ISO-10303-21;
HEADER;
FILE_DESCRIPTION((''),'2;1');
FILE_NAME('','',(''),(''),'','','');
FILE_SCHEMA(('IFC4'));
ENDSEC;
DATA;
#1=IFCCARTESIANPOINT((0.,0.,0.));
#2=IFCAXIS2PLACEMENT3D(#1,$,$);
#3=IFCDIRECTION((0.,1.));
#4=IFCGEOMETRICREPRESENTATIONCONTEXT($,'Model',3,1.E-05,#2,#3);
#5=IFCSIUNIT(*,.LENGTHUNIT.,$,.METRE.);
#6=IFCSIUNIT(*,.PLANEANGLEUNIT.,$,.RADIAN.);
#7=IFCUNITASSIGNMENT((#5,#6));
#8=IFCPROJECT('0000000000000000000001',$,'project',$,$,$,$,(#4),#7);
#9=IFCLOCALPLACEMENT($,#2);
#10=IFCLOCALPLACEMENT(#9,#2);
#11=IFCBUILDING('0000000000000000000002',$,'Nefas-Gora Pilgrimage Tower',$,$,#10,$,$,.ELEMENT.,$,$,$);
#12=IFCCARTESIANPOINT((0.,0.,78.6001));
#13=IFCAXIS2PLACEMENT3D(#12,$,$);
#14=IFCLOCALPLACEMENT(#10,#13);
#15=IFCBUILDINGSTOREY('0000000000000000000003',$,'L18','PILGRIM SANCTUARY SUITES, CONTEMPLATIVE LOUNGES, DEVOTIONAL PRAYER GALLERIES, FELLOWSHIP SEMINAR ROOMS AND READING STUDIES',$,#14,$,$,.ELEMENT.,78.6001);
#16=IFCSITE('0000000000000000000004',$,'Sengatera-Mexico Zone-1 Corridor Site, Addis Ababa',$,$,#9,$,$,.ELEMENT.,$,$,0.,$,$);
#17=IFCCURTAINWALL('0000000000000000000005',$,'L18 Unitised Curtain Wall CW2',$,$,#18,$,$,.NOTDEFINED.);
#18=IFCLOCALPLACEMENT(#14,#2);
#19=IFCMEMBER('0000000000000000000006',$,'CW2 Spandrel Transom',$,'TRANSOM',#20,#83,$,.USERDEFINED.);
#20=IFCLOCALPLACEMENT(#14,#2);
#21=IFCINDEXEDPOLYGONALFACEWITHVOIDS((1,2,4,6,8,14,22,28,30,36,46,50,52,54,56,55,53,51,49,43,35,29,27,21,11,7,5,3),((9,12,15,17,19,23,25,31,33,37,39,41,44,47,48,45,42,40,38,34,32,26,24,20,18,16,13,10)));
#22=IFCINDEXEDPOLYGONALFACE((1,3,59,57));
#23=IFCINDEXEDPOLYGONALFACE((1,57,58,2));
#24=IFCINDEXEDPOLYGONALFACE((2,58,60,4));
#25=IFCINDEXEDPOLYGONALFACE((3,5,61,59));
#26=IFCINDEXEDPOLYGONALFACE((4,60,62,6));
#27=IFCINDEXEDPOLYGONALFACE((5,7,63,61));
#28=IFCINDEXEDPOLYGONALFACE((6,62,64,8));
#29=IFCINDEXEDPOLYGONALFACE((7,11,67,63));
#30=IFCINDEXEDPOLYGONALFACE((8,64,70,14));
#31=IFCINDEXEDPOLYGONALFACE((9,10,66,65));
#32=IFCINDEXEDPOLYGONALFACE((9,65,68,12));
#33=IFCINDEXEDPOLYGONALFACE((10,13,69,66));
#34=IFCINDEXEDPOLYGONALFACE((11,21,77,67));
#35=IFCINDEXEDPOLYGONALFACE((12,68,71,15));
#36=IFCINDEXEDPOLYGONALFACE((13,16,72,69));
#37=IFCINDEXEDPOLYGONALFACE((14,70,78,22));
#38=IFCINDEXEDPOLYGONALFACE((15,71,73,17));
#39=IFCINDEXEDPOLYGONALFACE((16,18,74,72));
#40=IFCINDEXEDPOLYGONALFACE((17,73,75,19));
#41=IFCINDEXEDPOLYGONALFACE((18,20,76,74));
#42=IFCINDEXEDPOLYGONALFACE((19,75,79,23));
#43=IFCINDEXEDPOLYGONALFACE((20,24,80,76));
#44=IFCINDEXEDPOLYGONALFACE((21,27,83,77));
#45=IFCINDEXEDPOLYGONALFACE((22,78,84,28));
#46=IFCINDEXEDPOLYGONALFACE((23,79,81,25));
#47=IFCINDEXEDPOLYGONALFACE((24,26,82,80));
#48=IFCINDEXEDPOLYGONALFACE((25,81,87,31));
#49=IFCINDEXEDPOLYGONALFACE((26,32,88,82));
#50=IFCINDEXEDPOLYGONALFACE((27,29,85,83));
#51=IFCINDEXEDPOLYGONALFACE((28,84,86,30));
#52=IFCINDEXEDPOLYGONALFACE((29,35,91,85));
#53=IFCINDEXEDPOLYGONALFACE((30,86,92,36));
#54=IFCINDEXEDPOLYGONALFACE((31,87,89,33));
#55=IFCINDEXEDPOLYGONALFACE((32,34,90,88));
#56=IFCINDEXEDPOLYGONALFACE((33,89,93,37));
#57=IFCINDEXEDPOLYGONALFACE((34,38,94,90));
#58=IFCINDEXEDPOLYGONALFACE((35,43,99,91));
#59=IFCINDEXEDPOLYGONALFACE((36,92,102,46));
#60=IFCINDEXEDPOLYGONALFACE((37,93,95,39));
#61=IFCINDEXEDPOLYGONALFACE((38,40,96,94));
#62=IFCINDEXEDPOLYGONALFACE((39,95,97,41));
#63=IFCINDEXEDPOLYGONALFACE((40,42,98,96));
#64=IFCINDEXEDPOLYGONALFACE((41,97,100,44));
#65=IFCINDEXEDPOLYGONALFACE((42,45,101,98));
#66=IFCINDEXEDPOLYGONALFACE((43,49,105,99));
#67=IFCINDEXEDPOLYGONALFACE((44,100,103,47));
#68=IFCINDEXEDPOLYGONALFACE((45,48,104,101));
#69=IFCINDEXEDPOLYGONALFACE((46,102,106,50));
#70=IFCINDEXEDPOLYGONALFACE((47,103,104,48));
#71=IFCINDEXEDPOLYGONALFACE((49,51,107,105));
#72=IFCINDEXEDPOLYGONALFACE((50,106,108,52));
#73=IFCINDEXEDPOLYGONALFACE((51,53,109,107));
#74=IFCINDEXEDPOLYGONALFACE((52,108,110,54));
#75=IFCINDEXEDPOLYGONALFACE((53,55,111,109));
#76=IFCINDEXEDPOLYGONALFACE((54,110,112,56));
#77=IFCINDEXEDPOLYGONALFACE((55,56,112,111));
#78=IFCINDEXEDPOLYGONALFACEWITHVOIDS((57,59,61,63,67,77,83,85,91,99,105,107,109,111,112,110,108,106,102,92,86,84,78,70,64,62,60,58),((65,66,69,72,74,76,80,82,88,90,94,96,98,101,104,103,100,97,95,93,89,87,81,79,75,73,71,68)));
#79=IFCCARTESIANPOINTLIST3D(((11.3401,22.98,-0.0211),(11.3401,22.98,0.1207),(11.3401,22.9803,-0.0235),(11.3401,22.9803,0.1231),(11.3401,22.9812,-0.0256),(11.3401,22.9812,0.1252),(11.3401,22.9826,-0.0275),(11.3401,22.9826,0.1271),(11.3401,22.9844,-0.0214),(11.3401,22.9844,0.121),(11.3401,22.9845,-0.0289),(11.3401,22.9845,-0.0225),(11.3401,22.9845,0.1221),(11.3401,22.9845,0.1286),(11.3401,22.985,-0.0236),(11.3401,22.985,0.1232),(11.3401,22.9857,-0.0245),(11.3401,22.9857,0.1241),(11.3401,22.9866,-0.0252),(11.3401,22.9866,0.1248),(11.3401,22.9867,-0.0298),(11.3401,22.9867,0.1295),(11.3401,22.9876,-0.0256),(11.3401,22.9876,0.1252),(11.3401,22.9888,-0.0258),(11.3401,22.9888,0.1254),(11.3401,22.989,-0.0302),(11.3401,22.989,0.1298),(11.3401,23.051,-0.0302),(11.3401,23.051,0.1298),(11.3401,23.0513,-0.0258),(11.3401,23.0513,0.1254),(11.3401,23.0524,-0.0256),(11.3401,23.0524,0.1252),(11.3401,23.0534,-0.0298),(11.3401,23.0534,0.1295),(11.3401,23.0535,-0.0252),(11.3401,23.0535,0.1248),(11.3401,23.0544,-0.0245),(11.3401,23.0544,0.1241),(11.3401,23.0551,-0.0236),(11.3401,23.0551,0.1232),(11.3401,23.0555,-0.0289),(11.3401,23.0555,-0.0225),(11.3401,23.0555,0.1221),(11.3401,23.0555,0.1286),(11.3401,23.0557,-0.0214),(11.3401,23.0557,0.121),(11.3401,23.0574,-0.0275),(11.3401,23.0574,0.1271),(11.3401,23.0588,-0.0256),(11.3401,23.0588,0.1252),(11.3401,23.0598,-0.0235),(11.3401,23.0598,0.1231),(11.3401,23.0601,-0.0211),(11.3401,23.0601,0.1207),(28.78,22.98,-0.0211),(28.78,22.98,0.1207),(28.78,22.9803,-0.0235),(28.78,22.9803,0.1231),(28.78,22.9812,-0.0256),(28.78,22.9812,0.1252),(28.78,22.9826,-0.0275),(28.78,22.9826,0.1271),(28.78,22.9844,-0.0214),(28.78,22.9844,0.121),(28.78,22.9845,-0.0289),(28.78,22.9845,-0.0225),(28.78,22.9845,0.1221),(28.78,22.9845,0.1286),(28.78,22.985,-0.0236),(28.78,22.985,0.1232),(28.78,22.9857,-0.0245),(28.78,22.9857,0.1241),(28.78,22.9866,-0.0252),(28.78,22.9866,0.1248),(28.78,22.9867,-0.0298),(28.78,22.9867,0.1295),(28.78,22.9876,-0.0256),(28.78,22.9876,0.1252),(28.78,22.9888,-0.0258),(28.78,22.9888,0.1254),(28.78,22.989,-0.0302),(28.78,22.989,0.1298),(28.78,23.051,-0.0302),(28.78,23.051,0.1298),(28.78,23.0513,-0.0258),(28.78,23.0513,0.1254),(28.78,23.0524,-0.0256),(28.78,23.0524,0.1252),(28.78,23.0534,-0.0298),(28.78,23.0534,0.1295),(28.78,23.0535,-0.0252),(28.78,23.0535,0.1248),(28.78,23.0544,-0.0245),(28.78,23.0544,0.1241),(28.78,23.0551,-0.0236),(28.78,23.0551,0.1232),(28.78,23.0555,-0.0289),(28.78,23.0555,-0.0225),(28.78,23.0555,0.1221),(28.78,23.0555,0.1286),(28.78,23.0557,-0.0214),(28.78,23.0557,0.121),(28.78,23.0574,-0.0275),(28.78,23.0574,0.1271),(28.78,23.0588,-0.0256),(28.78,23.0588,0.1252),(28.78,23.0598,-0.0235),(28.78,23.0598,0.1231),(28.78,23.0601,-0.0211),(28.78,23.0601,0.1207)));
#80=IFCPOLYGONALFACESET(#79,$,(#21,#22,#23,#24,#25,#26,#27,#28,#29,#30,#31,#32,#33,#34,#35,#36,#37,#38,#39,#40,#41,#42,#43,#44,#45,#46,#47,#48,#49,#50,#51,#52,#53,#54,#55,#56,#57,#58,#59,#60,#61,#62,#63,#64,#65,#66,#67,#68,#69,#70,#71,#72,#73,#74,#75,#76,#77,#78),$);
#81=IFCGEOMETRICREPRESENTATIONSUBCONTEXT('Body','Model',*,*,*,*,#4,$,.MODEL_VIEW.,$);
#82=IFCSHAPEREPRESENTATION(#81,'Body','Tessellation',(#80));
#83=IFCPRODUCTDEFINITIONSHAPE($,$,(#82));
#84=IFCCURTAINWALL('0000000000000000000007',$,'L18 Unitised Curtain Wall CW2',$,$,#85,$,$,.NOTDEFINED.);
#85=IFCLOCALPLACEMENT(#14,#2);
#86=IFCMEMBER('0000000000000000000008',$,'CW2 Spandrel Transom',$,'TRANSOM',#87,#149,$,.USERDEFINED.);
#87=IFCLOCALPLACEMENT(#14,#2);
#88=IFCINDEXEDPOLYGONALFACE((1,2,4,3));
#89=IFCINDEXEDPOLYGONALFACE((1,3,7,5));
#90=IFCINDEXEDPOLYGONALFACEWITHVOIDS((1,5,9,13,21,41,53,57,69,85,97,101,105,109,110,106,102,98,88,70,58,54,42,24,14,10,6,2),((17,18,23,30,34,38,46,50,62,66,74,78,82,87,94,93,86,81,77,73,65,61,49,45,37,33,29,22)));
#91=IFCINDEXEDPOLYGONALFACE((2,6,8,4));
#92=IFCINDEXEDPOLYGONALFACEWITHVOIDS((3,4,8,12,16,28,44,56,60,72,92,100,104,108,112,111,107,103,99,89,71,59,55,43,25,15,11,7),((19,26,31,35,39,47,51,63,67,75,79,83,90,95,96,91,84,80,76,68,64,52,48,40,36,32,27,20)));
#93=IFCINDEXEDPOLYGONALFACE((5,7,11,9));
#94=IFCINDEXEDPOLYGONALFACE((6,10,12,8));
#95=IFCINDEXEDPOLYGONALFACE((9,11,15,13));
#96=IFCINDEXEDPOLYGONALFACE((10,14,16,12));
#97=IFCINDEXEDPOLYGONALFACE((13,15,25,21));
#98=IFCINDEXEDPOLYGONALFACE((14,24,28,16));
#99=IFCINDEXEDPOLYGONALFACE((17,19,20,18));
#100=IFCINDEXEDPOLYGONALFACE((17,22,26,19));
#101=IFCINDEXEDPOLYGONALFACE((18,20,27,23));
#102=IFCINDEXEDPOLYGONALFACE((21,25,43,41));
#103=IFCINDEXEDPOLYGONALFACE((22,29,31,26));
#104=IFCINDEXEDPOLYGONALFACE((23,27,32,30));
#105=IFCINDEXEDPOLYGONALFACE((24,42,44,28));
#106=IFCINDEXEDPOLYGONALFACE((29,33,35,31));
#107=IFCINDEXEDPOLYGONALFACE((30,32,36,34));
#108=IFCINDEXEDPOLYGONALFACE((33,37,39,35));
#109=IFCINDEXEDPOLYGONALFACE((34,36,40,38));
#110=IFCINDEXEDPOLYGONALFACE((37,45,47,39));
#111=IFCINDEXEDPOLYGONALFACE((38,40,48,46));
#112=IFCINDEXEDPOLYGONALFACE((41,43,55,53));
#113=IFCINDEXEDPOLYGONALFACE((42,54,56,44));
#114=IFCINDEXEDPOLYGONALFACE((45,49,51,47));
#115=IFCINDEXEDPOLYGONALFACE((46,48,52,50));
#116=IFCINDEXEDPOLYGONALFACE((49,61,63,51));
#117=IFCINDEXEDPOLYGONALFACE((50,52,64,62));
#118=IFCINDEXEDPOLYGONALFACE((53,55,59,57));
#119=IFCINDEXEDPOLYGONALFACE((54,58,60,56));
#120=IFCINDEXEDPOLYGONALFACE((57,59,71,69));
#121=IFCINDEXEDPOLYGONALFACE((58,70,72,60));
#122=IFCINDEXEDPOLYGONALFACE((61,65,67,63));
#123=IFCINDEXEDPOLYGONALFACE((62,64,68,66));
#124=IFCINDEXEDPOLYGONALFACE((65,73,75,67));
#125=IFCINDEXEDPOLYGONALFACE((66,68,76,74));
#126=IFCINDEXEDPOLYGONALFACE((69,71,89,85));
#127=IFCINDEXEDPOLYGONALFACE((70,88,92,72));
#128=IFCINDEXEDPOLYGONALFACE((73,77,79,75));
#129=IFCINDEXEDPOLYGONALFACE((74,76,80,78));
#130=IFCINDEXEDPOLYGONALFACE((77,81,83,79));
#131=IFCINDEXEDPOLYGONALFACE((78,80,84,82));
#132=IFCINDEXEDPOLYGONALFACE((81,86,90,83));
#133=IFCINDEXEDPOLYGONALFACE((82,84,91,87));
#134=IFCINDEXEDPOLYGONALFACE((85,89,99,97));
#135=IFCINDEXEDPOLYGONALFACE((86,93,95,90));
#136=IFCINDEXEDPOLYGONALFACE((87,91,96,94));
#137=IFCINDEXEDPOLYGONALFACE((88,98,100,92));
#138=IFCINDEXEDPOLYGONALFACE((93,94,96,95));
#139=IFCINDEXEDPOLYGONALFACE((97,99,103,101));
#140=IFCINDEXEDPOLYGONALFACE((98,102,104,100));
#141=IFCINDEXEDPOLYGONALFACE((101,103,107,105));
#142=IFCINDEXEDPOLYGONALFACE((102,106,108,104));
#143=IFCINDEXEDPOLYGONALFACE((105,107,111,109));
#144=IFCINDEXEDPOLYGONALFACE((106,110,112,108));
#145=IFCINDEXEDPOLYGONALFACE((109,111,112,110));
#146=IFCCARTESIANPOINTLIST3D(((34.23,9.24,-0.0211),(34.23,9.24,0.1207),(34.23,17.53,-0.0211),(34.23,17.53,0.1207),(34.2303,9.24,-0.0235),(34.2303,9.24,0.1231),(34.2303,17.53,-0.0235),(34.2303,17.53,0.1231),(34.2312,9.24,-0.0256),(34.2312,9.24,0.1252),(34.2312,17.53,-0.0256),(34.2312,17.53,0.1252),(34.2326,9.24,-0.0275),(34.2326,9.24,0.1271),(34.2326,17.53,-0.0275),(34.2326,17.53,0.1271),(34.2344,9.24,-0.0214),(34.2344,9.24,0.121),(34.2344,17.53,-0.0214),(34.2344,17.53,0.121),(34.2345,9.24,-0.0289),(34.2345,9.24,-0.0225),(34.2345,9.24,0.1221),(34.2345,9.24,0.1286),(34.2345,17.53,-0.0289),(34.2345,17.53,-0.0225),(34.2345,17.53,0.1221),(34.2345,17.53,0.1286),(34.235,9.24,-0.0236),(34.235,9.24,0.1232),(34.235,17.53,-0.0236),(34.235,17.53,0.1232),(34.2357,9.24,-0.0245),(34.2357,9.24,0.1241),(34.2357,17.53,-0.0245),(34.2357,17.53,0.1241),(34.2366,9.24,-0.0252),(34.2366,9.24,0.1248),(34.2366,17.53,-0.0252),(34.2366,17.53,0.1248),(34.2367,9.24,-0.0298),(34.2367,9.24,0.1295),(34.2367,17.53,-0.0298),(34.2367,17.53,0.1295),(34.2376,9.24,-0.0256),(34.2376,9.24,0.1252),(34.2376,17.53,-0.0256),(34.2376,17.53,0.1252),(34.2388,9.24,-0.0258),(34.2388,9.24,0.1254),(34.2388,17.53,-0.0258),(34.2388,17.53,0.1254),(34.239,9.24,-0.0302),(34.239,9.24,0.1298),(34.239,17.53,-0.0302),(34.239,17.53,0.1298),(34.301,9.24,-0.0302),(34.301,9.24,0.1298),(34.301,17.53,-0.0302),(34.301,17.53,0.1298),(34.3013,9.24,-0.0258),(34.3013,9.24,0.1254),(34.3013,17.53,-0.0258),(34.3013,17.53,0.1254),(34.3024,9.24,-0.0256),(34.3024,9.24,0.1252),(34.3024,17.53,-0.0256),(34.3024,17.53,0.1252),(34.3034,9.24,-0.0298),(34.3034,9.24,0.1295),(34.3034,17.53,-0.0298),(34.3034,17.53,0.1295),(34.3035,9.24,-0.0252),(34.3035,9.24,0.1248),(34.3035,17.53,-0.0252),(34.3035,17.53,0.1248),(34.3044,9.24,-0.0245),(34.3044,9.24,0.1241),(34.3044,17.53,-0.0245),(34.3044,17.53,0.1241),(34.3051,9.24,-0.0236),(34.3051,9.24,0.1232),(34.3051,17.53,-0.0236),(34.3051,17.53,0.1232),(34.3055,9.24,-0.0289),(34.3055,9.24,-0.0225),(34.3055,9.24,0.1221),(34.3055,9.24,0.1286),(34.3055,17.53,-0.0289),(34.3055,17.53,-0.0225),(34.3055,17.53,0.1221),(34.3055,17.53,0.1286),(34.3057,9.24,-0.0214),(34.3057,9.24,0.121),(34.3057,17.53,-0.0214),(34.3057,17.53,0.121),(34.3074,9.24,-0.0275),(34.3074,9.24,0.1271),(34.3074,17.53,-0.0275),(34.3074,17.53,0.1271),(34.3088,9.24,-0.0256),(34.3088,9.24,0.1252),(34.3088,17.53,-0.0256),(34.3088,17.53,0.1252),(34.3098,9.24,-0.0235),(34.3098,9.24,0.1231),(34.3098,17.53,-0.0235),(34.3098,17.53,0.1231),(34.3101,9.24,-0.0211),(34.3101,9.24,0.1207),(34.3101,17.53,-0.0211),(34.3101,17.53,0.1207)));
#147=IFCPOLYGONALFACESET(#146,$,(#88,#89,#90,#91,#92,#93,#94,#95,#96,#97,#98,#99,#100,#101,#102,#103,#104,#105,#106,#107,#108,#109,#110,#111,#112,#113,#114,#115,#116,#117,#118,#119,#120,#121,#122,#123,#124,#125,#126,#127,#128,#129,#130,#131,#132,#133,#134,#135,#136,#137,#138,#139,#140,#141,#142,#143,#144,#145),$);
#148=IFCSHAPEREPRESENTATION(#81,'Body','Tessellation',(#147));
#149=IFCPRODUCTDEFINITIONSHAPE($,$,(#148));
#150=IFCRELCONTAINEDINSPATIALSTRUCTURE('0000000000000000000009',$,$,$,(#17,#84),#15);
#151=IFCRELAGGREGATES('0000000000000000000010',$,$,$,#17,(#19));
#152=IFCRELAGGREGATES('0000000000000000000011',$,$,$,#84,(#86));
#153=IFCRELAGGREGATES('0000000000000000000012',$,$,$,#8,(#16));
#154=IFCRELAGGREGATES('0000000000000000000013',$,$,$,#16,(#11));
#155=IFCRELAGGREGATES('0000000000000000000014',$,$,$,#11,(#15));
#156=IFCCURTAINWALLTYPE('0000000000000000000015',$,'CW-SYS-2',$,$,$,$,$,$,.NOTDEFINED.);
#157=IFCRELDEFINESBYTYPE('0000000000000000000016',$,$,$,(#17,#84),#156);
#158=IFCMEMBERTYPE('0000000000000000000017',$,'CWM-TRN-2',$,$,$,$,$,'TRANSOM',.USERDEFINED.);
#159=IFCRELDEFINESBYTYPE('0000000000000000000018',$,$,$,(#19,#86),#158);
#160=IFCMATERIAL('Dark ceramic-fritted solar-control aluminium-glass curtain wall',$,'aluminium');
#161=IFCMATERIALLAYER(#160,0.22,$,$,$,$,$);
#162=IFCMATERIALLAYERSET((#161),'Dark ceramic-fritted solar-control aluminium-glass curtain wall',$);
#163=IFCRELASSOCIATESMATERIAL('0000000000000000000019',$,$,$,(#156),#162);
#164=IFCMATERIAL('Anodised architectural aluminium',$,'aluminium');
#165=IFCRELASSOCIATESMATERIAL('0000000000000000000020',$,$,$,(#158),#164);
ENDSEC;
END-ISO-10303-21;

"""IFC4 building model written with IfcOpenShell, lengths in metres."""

from ifc_helpers import new_model, si_unit, direction, frame, origin, origin_2d, place, context, subcontext, project, spatial, hollow_rectangle, extrude, source, transform, mapped, material, layer, layer_set, material_profile, profile_set, type_object, element, aggregate, save


model = new_model("IFC4")

# Units and contexts
model_context = context("Model", 3, precision=1e-05, world=origin(), true_north=direction((0.0, 1.0)))
body_context = subcontext(model_context, "Body", "Model", "MODEL_VIEW")
ifc_project = project(units=[si_unit("LENGTHUNIT", "METRE"), si_unit("PLANEANGLEUNIT", "RADIAN")], contexts=[model_context])

# Site, building, storey
site_placement = place(None, origin())
site = spatial("IfcSite", under=ifc_project, at=site_placement, Name="Sengatera-Mexico Zone-1 Corridor Site, Addis Ababa", CompositionType="ELEMENT", RefElevation=0.0)
building_placement = place(site_placement, origin())
building = spatial("IfcBuilding", under=site, at=building_placement, Name="Nefas-Gora Pilgrimage Tower", CompositionType="ELEMENT")
storey_placement = place(building_placement, frame((0.0, 0.0, 78.6001)))
storey = spatial("IfcBuildingStorey", under=building, at=storey_placement, Name="L18", Description="PILGRIM SANCTUARY SUITES, CONTEMPLATIVE LOUNGES, DEVOTIONAL PRAYER GALLERIES, FELLOWSHIP SEMINAR ROOMS AND READING STUDIES", CompositionType="ELEMENT", Elevation=78.6001)

# Curtain wall, member
ifc_material_1 = material(Name="Dark ceramic-fritted solar-control aluminium-glass curtain wall", Category="aluminium")
ifc_layer_1 = layer(ifc_material_1, 0.22)
ifc_layer_set_1 = layer_set([ifc_layer_1], Name="Dark ceramic-fritted solar-control aluminium-glass curtain wall")
curtain_wall_type = type_object("IfcCurtainWallType", Name="CW-SYS-2", PredefinedType="NOTDEFINED", material=ifc_layer_set_1)
curtain_wall_1_placement = place(storey_placement, origin())
curtain_wall_1 = element("IfcCurtainWall", 1, at=curtain_wall_1_placement, inside=storey, type_object=curtain_wall_type, Name="L18 Unitised Curtain Wall CW2", PredefinedType="NOTDEFINED")
ifc_material_2 = material(Name="Anodised architectural aluminium", Category="aluminium")
ifc_material_profile_1 = material_profile(ifc_material_2, hollow_rectangle(XDim=0.0801, YDim=0.1599, WallThickness=0.0044, InnerFilletRadius=0.0044, OuterFilletRadius=0.009, at=origin_2d()), Name="ALU TRANSOM 80x160")
ifc_profile_set_1 = profile_set([ifc_material_profile_1], Name="Anodised architectural aluminium")
member_type_1 = type_object("IfcMemberType", Name="CWM-TRN-2", ElementType="TRANSOM", PredefinedType="USERDEFINED", material=ifc_profile_set_1)
shared_shape_1 = source(origin(), body_context, "Body", "SweptSolid", [
    extrude(hollow_rectangle(XDim=0.0801, YDim=0.1599, WallThickness=0.0044, InnerFilletRadius=0.0044, OuterFilletRadius=0.009, at=origin_2d()), origin(), (0.0, 0.0, 1.0), 17.4399),
])
member_1_placement = place(storey_placement, frame((28.78, 23.02, 0.0498), z_axis=(-1.0, 0.0, 0.0), x_axis=(0.0, -1.0, 0.0)))
member_1 = element("IfcMember", 2, at=member_1_placement, type_object=member_type_1, Name="CW2 Spandrel Transom", ObjectType="TRANSOM", PredefinedType="USERDEFINED", context=body_context, shape_type="MappedRepresentation", body=[
    mapped(shared_shape_1, transform((0.0, 0.0, 0.0), x_axis=(1.0, 0.0, 0.0), y_axis=(0.0, 1.0, 0.0), z_axis=(0.0, 0.0, 1.0), scale=1.0)),
])

# Curtain wall, member
curtain_wall_2_placement = place(storey_placement, origin())
curtain_wall_2 = element("IfcCurtainWall", 3, at=curtain_wall_2_placement, inside=storey, type_object=curtain_wall_type, Name="L18 Unitised Curtain Wall CW2", PredefinedType="NOTDEFINED")
shared_shape_2 = source(origin(), body_context, "Body", "SweptSolid", [
    extrude(hollow_rectangle(XDim=0.0801, YDim=0.1599, WallThickness=0.0044, InnerFilletRadius=0.0044, OuterFilletRadius=0.009, at=origin_2d()), origin(), (0.0, 0.0, 1.0), 8.29),
])
member_2_placement = place(storey_placement, frame((34.27, 9.24, 0.0498), z_axis=(0.0, 1.0, 0.0), x_axis=(-1.0, 0.0, 0.0)))
member_2 = element("IfcMember", 4, at=member_2_placement, type_object=member_type_1, Name="CW2 Spandrel Transom", ObjectType="TRANSOM", PredefinedType="USERDEFINED", context=body_context, shape_type="MappedRepresentation", body=[
    mapped(shared_shape_2, transform((0.0, 0.0, 0.0), x_axis=(1.0, 0.0, 0.0), y_axis=(0.0, 1.0, 0.0), z_axis=(0.0, 0.0, 1.0), scale=1.0)),
])

aggregate(curtain_wall_1, [member_1])
aggregate(curtain_wall_2, [member_2])

save(model, "model.ifc")
